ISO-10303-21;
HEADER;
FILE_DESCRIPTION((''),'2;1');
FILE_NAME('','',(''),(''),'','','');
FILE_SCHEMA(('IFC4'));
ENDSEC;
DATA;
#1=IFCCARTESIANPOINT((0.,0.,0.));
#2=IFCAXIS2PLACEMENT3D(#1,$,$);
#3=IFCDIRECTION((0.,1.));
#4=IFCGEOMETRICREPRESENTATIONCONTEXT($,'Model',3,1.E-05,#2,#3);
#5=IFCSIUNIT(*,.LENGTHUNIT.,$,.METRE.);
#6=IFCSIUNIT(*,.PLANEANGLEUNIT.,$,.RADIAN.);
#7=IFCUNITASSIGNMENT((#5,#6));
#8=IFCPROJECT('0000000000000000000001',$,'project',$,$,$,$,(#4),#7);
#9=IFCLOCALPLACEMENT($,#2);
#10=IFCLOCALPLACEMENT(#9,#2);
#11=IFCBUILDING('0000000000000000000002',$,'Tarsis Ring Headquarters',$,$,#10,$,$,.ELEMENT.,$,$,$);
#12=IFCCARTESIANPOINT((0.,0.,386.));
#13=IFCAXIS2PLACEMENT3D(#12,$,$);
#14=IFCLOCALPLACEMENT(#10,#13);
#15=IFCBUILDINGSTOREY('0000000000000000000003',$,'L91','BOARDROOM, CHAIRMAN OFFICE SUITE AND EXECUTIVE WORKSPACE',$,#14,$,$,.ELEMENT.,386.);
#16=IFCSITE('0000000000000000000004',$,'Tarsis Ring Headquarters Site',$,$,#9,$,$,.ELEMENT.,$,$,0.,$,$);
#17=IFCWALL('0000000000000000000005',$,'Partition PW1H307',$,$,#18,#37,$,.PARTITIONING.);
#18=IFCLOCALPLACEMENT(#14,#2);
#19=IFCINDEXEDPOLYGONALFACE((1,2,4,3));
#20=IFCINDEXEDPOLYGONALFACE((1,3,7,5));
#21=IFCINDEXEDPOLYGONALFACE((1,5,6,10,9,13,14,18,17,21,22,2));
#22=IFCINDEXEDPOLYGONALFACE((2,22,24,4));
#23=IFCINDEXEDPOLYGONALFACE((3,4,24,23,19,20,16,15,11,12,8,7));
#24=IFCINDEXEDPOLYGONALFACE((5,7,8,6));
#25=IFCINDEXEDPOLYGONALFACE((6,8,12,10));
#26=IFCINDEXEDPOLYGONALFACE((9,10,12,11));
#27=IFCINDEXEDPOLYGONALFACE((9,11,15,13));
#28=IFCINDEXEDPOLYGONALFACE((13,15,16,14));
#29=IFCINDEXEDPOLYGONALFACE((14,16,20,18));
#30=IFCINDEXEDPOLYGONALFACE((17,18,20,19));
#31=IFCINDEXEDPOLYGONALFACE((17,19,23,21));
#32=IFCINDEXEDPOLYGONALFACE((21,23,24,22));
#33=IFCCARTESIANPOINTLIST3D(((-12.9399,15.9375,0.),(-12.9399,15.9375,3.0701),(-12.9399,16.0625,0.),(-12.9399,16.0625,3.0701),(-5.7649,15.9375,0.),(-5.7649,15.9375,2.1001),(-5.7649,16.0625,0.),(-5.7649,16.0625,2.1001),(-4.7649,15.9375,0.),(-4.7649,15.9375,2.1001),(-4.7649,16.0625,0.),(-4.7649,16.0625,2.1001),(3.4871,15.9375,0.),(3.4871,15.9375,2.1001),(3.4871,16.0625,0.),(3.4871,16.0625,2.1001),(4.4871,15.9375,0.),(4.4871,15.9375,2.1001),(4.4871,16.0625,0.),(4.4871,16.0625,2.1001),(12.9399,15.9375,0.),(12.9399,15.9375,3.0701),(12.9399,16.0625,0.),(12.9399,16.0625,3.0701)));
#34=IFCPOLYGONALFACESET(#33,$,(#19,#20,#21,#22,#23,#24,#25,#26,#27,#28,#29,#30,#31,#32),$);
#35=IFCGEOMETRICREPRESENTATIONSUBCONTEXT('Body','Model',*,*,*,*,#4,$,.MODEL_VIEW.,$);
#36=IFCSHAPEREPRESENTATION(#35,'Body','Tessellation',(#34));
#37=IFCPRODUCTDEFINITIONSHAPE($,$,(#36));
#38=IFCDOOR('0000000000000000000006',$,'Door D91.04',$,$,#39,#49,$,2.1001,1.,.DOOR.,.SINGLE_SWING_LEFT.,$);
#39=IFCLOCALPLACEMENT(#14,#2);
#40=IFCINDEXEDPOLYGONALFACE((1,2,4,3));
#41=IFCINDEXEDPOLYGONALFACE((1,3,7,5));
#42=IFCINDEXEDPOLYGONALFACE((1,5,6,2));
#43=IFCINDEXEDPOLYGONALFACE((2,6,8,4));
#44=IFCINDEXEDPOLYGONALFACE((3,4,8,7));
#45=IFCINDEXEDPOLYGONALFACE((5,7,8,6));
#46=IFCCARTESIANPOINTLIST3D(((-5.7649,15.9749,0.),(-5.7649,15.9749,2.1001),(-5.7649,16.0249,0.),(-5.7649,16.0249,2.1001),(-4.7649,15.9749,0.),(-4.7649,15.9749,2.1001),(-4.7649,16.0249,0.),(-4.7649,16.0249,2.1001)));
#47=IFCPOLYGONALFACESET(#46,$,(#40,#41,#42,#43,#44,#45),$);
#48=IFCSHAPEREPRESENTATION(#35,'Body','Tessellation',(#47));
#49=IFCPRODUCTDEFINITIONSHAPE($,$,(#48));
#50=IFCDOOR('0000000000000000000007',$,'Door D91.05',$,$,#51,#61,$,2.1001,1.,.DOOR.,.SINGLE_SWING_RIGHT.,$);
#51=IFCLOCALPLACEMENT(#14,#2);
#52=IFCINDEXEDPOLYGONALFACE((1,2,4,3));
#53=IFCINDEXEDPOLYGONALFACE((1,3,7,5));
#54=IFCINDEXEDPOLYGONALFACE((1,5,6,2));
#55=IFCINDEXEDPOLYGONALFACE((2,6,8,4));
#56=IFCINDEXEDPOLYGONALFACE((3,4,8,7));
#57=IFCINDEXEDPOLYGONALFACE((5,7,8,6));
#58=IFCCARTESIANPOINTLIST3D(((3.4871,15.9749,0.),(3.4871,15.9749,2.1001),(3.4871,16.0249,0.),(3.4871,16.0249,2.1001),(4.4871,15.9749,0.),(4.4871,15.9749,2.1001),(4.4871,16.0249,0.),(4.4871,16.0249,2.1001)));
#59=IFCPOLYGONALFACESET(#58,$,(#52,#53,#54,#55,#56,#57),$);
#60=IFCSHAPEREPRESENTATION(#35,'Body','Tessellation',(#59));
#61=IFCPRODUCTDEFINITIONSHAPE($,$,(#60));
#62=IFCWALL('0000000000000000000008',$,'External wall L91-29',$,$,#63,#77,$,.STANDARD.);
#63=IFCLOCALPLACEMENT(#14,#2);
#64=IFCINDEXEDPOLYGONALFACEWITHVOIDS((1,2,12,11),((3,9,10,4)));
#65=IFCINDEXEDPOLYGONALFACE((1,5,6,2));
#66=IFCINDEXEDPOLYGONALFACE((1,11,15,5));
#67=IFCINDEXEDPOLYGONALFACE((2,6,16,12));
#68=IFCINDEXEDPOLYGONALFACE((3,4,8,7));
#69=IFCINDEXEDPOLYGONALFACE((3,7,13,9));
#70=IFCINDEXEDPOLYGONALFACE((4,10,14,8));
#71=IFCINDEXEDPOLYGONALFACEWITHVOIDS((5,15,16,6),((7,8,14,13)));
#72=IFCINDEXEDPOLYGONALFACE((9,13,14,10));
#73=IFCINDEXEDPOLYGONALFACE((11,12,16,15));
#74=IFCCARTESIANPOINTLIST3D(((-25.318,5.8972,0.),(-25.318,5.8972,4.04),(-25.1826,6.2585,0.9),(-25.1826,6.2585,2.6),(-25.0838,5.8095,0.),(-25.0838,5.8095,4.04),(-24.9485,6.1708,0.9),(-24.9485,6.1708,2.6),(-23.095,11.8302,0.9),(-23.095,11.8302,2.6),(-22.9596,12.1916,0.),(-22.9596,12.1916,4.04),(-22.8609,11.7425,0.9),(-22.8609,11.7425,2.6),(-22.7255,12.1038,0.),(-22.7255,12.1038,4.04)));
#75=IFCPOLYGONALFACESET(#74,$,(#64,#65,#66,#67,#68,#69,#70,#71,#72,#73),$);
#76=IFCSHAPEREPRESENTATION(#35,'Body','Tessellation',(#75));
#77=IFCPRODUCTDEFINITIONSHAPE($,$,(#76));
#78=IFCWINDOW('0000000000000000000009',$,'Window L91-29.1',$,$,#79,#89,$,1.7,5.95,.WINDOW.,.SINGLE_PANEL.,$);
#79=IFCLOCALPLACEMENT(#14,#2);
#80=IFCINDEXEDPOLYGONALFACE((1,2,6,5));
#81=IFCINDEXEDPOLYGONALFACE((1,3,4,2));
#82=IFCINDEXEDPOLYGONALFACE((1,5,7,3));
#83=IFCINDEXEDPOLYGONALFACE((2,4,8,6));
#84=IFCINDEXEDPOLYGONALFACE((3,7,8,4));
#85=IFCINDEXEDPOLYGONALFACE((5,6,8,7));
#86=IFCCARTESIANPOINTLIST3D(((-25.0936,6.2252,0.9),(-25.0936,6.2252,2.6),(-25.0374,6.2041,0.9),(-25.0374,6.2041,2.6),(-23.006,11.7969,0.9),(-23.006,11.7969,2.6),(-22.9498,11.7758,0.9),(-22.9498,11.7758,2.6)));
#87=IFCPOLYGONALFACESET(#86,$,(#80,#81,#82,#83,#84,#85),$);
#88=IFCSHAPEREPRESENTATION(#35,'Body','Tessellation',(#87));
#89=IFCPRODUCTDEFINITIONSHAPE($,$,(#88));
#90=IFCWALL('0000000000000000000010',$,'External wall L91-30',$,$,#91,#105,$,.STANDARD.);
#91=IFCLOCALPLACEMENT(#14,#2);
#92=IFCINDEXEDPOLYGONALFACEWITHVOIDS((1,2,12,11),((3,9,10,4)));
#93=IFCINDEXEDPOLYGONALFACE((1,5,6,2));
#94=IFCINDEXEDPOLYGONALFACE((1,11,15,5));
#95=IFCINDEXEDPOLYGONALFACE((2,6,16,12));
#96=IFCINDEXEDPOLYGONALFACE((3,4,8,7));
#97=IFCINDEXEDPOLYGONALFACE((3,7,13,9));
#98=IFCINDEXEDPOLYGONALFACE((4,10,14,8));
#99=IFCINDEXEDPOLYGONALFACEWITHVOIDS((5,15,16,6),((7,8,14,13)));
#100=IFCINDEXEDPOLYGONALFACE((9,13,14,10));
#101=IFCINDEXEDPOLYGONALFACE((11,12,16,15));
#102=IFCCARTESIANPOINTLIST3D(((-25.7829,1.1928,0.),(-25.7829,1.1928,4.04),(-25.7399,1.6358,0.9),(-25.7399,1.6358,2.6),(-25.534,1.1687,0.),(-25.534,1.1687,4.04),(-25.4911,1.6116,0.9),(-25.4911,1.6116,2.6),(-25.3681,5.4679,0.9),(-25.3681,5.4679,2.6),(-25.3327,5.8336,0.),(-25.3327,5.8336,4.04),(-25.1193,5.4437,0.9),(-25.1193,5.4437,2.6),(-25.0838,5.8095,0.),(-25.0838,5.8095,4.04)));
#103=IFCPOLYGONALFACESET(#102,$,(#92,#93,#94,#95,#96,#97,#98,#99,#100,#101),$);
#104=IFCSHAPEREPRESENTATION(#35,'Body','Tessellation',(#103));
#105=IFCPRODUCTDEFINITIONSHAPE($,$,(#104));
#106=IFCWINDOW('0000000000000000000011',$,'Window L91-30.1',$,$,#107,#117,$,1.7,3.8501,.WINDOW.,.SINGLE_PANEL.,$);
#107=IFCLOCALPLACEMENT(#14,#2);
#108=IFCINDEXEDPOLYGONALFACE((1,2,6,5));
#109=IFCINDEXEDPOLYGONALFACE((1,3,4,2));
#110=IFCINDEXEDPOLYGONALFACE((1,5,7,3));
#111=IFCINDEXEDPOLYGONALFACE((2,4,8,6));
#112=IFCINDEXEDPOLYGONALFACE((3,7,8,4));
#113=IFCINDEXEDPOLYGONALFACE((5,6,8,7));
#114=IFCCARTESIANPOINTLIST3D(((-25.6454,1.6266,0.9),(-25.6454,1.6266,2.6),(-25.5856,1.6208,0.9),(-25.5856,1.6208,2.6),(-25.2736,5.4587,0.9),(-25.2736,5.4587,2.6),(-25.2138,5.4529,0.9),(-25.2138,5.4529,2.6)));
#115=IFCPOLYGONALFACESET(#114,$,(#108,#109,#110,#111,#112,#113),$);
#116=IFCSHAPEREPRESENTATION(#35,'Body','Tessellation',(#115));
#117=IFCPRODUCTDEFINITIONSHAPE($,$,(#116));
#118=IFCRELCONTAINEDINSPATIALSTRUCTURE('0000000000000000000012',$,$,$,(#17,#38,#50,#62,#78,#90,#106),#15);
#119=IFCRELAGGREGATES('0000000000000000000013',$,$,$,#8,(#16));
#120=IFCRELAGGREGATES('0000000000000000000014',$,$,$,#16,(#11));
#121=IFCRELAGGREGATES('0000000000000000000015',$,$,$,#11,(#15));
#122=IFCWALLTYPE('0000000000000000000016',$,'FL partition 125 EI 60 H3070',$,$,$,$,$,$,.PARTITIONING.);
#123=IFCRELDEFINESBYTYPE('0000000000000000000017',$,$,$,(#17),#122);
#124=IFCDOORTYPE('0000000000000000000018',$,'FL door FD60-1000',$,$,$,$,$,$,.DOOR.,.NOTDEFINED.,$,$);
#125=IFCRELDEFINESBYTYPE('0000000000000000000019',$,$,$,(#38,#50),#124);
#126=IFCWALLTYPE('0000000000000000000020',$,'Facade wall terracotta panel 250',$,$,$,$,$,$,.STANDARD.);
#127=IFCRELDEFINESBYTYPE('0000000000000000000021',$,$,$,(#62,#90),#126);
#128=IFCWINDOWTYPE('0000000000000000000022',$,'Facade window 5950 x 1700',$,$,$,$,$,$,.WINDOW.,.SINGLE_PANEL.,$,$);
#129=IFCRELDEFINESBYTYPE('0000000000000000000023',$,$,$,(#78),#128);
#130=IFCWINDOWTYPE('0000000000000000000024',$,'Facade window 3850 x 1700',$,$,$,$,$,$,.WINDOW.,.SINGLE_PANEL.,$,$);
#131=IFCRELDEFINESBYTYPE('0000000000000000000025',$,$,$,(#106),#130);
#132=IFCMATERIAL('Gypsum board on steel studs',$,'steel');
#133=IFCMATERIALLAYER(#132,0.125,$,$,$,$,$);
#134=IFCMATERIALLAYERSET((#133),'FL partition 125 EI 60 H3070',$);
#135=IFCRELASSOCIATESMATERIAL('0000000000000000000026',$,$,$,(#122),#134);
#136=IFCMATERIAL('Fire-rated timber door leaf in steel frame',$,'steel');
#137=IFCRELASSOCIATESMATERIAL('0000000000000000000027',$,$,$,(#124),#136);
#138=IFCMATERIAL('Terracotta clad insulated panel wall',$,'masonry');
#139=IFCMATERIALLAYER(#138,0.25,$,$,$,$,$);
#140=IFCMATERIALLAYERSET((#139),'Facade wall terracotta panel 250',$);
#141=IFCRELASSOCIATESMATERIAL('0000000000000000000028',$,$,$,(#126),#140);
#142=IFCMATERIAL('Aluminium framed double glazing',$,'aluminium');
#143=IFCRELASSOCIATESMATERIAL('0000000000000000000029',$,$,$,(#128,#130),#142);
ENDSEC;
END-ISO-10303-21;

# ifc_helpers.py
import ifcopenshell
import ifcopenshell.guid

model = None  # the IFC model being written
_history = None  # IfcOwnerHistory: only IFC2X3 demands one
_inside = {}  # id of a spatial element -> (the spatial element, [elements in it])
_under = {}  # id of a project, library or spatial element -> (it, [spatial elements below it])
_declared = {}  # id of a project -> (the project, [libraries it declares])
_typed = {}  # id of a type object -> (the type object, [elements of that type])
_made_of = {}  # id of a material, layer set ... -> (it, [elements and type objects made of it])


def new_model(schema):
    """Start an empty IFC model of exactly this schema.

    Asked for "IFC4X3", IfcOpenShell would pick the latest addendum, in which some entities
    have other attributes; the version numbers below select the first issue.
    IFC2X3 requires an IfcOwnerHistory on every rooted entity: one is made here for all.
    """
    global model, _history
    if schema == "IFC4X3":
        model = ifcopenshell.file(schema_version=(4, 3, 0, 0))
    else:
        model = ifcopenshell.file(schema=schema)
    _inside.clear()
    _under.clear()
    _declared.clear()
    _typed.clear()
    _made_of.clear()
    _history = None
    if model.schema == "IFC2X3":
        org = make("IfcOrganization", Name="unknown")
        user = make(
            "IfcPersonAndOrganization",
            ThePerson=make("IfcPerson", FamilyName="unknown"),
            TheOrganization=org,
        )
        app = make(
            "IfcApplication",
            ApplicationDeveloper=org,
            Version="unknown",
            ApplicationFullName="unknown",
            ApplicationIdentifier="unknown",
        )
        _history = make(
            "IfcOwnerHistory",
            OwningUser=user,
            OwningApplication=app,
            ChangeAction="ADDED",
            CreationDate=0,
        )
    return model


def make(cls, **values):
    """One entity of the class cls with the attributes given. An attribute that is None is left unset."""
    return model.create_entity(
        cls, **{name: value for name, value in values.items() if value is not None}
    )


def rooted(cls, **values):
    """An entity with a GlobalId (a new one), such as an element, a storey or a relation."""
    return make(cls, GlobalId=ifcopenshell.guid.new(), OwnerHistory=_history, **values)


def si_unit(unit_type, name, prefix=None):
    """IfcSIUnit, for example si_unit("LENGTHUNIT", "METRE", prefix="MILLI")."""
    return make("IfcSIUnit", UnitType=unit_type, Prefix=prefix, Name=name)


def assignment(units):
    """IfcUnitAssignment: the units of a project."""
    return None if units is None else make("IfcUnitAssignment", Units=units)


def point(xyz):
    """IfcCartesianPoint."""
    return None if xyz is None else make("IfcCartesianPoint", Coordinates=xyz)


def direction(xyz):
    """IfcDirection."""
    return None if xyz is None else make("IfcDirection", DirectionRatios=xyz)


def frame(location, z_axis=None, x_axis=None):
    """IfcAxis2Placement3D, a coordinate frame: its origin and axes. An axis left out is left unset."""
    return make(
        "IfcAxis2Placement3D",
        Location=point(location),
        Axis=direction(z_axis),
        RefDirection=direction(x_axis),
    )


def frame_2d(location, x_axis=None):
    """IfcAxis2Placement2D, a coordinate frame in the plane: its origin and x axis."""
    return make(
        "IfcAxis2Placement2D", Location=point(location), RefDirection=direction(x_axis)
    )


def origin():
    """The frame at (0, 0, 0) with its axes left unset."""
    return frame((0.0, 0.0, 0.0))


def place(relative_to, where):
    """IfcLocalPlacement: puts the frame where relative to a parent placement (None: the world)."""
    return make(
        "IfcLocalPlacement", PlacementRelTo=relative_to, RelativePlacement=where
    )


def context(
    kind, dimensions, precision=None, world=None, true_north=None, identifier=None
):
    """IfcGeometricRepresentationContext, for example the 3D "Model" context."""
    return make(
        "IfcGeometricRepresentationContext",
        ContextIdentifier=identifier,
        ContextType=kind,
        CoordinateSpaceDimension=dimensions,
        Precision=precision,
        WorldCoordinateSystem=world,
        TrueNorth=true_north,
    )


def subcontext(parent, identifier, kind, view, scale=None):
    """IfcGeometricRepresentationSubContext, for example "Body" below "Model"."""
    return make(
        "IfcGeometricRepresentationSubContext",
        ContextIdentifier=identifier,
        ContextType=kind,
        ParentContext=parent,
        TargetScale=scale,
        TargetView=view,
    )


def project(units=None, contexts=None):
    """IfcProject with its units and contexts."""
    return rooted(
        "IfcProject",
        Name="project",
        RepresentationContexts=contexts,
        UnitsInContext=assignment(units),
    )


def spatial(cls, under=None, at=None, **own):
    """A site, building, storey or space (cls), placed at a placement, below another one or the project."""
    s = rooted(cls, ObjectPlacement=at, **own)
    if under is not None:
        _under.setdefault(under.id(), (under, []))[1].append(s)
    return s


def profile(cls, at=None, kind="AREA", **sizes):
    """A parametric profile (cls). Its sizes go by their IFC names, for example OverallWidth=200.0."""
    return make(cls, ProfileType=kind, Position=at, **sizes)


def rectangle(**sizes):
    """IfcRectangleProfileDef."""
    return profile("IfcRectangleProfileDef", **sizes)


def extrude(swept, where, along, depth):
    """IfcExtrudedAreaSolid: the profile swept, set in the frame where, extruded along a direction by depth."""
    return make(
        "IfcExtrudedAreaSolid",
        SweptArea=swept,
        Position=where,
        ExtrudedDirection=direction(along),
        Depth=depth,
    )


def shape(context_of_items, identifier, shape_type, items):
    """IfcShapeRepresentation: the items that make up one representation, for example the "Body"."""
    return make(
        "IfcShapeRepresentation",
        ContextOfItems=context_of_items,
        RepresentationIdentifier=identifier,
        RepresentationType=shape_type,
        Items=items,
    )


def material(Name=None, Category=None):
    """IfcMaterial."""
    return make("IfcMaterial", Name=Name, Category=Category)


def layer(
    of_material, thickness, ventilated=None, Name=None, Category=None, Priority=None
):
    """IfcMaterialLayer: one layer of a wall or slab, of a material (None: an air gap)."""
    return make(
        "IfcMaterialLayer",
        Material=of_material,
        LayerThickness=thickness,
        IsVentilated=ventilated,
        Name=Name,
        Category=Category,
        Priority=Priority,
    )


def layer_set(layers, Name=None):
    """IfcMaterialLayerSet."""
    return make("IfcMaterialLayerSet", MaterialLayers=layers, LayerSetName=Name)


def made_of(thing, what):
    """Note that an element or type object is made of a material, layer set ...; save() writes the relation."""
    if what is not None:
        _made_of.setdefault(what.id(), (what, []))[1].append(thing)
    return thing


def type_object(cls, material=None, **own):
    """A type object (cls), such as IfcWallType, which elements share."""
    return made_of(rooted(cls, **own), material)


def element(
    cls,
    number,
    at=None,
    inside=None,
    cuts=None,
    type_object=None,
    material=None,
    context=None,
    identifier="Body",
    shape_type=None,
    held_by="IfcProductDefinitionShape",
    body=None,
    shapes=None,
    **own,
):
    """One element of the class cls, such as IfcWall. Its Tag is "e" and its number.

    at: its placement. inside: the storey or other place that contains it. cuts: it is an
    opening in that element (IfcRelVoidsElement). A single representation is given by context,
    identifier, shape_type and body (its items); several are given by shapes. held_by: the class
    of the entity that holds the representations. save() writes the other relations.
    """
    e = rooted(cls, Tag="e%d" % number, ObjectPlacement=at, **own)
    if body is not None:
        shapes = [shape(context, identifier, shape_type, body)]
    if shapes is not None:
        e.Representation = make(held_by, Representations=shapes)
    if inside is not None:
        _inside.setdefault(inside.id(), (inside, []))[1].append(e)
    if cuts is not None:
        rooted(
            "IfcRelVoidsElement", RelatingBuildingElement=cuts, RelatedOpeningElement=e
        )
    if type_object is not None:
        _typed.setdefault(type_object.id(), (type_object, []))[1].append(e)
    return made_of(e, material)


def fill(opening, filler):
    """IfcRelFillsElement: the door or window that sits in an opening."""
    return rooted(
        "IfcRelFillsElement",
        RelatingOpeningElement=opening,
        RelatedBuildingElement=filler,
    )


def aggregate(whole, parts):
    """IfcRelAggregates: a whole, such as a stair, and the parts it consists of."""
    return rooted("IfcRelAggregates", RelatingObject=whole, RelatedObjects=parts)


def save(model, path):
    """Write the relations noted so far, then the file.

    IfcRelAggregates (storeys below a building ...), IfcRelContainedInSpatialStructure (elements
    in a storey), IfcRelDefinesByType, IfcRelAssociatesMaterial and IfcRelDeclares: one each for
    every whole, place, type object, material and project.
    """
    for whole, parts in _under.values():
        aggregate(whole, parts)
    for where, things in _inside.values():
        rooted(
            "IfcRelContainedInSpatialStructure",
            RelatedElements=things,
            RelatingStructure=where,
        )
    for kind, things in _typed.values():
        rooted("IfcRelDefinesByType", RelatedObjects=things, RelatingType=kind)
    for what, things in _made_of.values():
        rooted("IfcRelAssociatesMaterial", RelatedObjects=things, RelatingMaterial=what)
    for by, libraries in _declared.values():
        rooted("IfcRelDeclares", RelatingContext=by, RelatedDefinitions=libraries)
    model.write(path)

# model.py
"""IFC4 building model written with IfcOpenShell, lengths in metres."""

from ifc_helpers import new_model, si_unit, direction, frame, frame_2d, origin, place, context, subcontext, project, spatial, rectangle, extrude, material, layer, layer_set, type_object, element, fill, save


model = new_model("IFC4")

# Units and contexts
model_context = context("Model", 3, precision=1e-05, world=origin(), true_north=direction((0.0, 1.0)))
body_context = subcontext(model_context, "Body", "Model", "MODEL_VIEW")
ifc_project = project(units=[si_unit("LENGTHUNIT", "METRE"), si_unit("PLANEANGLEUNIT", "RADIAN")], contexts=[model_context])

# Site, building, storey
site_placement = place(None, origin())
site = spatial("IfcSite", under=ifc_project, at=site_placement, Name="Tarsis Ring Headquarters Site", CompositionType="ELEMENT", RefElevation=0.0)
building_placement = place(site_placement, origin())
building = spatial("IfcBuilding", under=site, at=building_placement, Name="Tarsis Ring Headquarters", CompositionType="ELEMENT")
storey_placement = place(building_placement, frame((0.0, 0.0, 386.0)))
storey = spatial("IfcBuildingStorey", under=building, at=storey_placement, Name="L91", Description="BOARDROOM, CHAIRMAN OFFICE SUITE AND EXECUTIVE WORKSPACE", CompositionType="ELEMENT", Elevation=386.0)

# Shared definitions
ifc_material_1 = material(Name="Gypsum board on steel studs", Category="steel")

# Wall, openings, doors
ifc_layer_1 = layer(ifc_material_1, 0.125)
ifc_layer_set_1 = layer_set([ifc_layer_1], Name="FL partition 125 EI 60 H3070")
wall_type_1 = type_object("IfcWallType", Name="FL partition 125 EI 60 H3070", PredefinedType="PARTITIONING", material=ifc_layer_set_1)
wall_1_placement = place(storey_placement, frame((-12.9399, 16.0, 0.0), z_axis=(0.0, 0.0, 1.0), x_axis=(1.0, 0.0, 0.0)))
wall_1 = element("IfcWall", 1, at=wall_1_placement, inside=storey, type_object=wall_type_1, Name="Partition PW1H307", PredefinedType="PARTITIONING", context=body_context, shape_type="SweptSolid", body=[
    extrude(rectangle(XDim=25.8799, YDim=0.125, at=frame_2d((12.9399, 0.0))), origin(), (0.0, 0.0, 1.0), 3.0701),
])
opening_1_placement = place(wall_1_placement, frame((7.175, 0.0, 0.0)))
opening_1 = element("IfcOpeningElement", 2, at=opening_1_placement, cuts=wall_1, PredefinedType="OPENING", context=body_context, shape_type="SweptSolid", body=[
    extrude(rectangle(XDim=1.0, YDim=2.1001, at=frame_2d((0.5, 1.05))), frame((0.0, 0.0725, 0.0), z_axis=(0.0, -1.0, 0.0), x_axis=(1.0, 0.0, 0.0)), (0.0, 0.0, 1.0), 0.145),
])
opening_2_placement = place(wall_1_placement, frame((16.427, 0.0, 0.0)))
opening_2 = element("IfcOpeningElement", 3, at=opening_2_placement, cuts=wall_1, PredefinedType="OPENING", context=body_context, shape_type="SweptSolid", body=[
    extrude(rectangle(XDim=1.0, YDim=2.1001, at=frame_2d((0.5, 1.05))), frame((0.0, 0.0725, 0.0), z_axis=(0.0, -1.0, 0.0), x_axis=(1.0, 0.0, 0.0)), (0.0, 0.0, 1.0), 0.145),
])
ifc_material_2 = material(Name="Fire-rated timber door leaf in steel frame", Category="steel")
door_type = type_object("IfcDoorType", Name="FL door FD60-1000", OperationType="NOTDEFINED", PredefinedType="DOOR", material=ifc_material_2)
door_1_placement = place(opening_1_placement, origin())
door_1 = element("IfcDoor", 4, at=door_1_placement, inside=storey, type_object=door_type, Name="Door D91.04", OperationType="SINGLE_SWING_LEFT", OverallHeight=2.1001, OverallWidth=1.0, PredefinedType="DOOR", context=body_context, shape_type="SweptSolid", body=[
    extrude(rectangle(XDim=1.0, YDim=2.1001, at=frame_2d((0.5, 1.05))), frame((0.0, 0.0249, 0.0), z_axis=(0.0, -1.0, 0.0), x_axis=(1.0, 0.0, 0.0)), (0.0, 0.0, 1.0), 0.05),
])
fill(opening_1, door_1)
door_2_placement = place(opening_2_placement, origin())
door_2 = element("IfcDoor", 5, at=door_2_placement, inside=storey, type_object=door_type, Name="Door D91.05", OperationType="SINGLE_SWING_RIGHT", OverallHeight=2.1001, OverallWidth=1.0, PredefinedType="DOOR", context=body_context, shape_type="SweptSolid", body=[
    extrude(rectangle(XDim=1.0, YDim=2.1001, at=frame_2d((0.5, 1.05))), frame((0.0, 0.0249, 0.0), z_axis=(0.0, -1.0, 0.0), x_axis=(1.0, 0.0, 0.0)), (0.0, 0.0, 1.0), 0.05),
])
fill(opening_2, door_2)

# Walls, openings, windows
ifc_material_3 = material(Name="Terracotta clad insulated panel wall", Category="masonry")
ifc_layer_2 = layer(ifc_material_3, 0.25)
ifc_layer_set_2 = layer_set([ifc_layer_2], Name="Facade wall terracotta panel 250")
wall_type_2 = type_object("IfcWallType", Name="Facade wall terracotta panel 250", PredefinedType="STANDARD", material=ifc_layer_set_2)
wall_2_placement = place(storey_placement, frame((-22.8425, 12.1477, 0.0), z_axis=(0.0, 0.0, 1.0), x_axis=(-0.350861, -0.936428, 0.0)))
wall_2 = element("IfcWall", 6, at=wall_2_placement, inside=storey, type_object=wall_type_2, Name="External wall L91-29", PredefinedType="STANDARD", context=body_context, shape_type="SweptSolid", body=[
    extrude(rectangle(XDim=6.7217, YDim=0.25, at=frame_2d((3.3608, 0.0))), origin(), (0.0, 0.0, 1.0), 4.04),
])
opening_3_placement = place(wall_2_placement, frame((0.3857, 0.0, 0.8999)))
opening_3 = element("IfcOpeningElement", 7, at=opening_3_placement, cuts=wall_2, PredefinedType="OPENING", context=body_context, shape_type="SweptSolid", body=[
    extrude(rectangle(XDim=5.95, YDim=1.7, at=frame_2d((2.9751, 0.8501))), frame((0.0, 0.135, 0.0), z_axis=(0.0, -1.0, 0.0), x_axis=(1.0, 0.0, 0.0)), (0.0, 0.0, 1.0), 0.27),
])
ifc_material_4 = material(Name="Aluminium framed double glazing", Category="aluminium")
window_type_1 = type_object("IfcWindowType", Name="Facade window 5950 x 1700", PartitioningType="SINGLE_PANEL", PredefinedType="WINDOW", material=ifc_material_4)
window_1_placement = place(opening_3_placement, origin())
window_1 = element("IfcWindow", 8, at=window_1_placement, inside=storey, type_object=window_type_1, Name="Window L91-29.1", OverallHeight=1.7, OverallWidth=5.95, PartitioningType="SINGLE_PANEL", PredefinedType="WINDOW", context=body_context, shape_type="SweptSolid", body=[
    extrude(rectangle(XDim=5.95, YDim=1.7, at=frame_2d((2.9751, 0.8501))), frame((0.0, 0.03, 0.0), z_axis=(0.0, -1.0, 0.0), x_axis=(1.0, 0.0, 0.0)), (0.0, 0.0, 1.0), 0.0601),
])
fill(opening_3, window_1)
wall_3_placement = place(storey_placement, frame((-25.2083, 5.8215, 0.0), z_axis=(0.0, 0.0, 1.0), x_axis=(-0.096553, -0.995328, 0.0)))
wall_3 = element("IfcWall", 9, at=wall_3_placement, inside=storey, type_object=wall_type_2, Name="External wall L91-30", PredefinedType="STANDARD", context=body_context, shape_type="SweptSolid", body=[
    extrude(rectangle(XDim=4.6626, YDim=0.25, at=frame_2d((2.3313, 0.0))), origin(), (0.0, 0.0, 1.0), 4.04),
])
opening_4_placement = place(wall_3_placement, frame((0.3674, 0.0, 0.8999)))
opening_4 = element("IfcOpeningElement", 10, at=opening_4_placement, cuts=wall_3, PredefinedType="OPENING", context=body_context, shape_type="SweptSolid", body=[
    extrude(rectangle(XDim=3.8501, YDim=1.7, at=frame_2d((1.925, 0.8501))), frame((0.0, 0.135, 0.0), z_axis=(0.0, -1.0, 0.0), x_axis=(1.0, 0.0, 0.0)), (0.0, 0.0, 1.0), 0.27),
])
window_type_2 = type_object("IfcWindowType", Name="Facade window 3850 x 1700", PartitioningType="SINGLE_PANEL", PredefinedType="WINDOW", material=ifc_material_4)
window_2_placement = place(opening_4_placement, origin())
window_2 = element("IfcWindow", 11, at=window_2_placement, inside=storey, type_object=window_type_2, Name="Window L91-30.1", OverallHeight=1.7, OverallWidth=3.8501, PartitioningType="SINGLE_PANEL", PredefinedType="WINDOW", context=body_context, shape_type="SweptSolid", body=[
    extrude(rectangle(XDim=3.8501, YDim=1.7, at=frame_2d((1.925, 0.8501))), frame((0.0, 0.03, 0.0), z_axis=(0.0, -1.0, 0.0), x_axis=(1.0, 0.0, 0.0)), (0.0, 0.0, 1.0), 0.0601),
])
fill(opening_4, window_2)

save(model, "model.ifc")
